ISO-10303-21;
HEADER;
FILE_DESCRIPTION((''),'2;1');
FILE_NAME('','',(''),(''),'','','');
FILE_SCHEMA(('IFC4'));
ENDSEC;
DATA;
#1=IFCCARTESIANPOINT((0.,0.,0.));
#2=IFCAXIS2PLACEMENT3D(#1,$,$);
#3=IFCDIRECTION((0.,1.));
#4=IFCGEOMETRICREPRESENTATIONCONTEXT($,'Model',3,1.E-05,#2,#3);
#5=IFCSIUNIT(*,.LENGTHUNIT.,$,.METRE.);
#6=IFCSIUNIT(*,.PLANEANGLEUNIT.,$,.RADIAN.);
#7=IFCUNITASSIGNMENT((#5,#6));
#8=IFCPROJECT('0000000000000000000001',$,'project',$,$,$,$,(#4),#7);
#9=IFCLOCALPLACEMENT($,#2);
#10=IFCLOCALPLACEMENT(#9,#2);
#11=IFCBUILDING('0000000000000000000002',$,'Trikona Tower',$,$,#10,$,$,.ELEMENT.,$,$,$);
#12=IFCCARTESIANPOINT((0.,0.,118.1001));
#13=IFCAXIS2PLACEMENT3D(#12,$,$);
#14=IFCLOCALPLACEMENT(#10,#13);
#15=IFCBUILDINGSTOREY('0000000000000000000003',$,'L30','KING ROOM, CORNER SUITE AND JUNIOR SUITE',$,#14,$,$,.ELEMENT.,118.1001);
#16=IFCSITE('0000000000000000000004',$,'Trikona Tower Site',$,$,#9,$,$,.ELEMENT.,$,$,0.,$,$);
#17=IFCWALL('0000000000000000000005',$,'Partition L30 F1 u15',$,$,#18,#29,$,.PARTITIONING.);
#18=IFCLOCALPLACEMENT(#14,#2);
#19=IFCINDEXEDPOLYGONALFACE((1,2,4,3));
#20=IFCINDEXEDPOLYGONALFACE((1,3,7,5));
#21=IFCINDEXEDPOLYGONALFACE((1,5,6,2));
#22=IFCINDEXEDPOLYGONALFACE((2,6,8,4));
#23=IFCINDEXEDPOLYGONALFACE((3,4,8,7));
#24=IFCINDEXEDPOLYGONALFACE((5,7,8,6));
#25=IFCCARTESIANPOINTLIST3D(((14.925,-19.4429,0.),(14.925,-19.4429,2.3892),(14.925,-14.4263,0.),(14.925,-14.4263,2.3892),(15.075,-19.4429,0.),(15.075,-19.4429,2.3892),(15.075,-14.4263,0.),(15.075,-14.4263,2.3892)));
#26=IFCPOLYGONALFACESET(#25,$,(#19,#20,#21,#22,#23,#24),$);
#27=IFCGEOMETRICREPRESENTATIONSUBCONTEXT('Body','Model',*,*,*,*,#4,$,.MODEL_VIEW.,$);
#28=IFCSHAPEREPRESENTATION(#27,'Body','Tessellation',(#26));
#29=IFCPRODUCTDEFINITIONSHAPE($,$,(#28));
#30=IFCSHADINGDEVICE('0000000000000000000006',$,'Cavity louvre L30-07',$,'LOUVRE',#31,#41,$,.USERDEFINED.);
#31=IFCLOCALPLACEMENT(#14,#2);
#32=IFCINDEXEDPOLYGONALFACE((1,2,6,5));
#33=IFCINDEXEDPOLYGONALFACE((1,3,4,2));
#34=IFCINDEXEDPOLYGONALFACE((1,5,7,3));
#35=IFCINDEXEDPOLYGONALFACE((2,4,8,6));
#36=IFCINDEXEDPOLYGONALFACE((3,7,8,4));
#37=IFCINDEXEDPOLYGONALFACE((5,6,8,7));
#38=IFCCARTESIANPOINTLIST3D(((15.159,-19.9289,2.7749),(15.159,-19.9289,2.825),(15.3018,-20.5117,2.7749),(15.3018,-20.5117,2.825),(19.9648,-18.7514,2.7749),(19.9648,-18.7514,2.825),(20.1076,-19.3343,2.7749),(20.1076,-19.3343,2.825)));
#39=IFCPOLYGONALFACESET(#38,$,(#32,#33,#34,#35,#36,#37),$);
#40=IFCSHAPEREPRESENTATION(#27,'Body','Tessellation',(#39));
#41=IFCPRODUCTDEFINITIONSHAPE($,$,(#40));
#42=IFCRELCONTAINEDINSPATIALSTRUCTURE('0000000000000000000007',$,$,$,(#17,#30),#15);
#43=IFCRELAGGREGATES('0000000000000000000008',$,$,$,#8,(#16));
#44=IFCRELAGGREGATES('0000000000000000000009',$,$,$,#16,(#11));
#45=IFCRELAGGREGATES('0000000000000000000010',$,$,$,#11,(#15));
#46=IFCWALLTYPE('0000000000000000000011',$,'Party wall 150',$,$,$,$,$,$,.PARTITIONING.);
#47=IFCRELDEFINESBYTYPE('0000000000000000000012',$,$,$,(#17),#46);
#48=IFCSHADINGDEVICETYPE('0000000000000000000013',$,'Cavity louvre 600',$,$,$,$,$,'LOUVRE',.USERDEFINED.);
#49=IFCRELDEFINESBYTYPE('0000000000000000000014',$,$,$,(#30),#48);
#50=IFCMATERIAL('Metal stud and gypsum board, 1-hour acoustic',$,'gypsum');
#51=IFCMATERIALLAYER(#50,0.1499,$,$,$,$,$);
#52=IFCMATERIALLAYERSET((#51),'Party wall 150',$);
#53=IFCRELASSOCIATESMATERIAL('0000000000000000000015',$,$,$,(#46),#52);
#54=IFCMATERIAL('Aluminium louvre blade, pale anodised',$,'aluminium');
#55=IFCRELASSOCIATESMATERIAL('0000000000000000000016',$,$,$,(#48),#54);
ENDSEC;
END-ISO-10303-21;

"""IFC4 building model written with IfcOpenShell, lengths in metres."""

from ifc_helpers import new_model, si_unit, direction, frame, frame_2d, origin, origin_2d, place, context, subcontext, project, spatial, rectangle, extrude, material, layer, layer_set, type_object, element, save


model = new_model("IFC4")

# Units and contexts
model_context = context("Model", 3, precision=1e-05, world=origin(), true_north=direction((0.0, 1.0)))
body_context = subcontext(model_context, "Body", "Model", "MODEL_VIEW")
ifc_project = project(units=[si_unit("LENGTHUNIT", "METRE"), si_unit("PLANEANGLEUNIT", "RADIAN")], contexts=[model_context])

# Site, building, storey
site_placement = place(None, origin())
site = spatial("IfcSite", under=ifc_project, at=site_placement, Name="Trikona Tower Site", CompositionType="ELEMENT", RefElevation=0.0)
building_placement = place(site_placement, origin())
building = spatial("IfcBuilding", under=site, at=building_placement, Name="Trikona Tower", CompositionType="ELEMENT")
storey_placement = place(building_placement, frame((0.0, 0.0, 118.1001)))
storey = spatial("IfcBuildingStorey", under=building, at=storey_placement, Name="L30", Description="KING ROOM, CORNER SUITE AND JUNIOR SUITE", CompositionType="ELEMENT", Elevation=118.1001)

# Wall
ifc_material_1 = material(Name="Metal stud and gypsum board, 1-hour acoustic", Category="gypsum")
ifc_layer_1 = layer(ifc_material_1, 0.1499)
ifc_layer_set_1 = layer_set([ifc_layer_1], Name="Party wall 150")
wall_type_1 = type_object("IfcWallType", Name="Party wall 150", PredefinedType="PARTITIONING", material=ifc_layer_set_1)
wall_1_placement = place(storey_placement, frame((15.0, -14.4263, 0.0), z_axis=(0.0, 0.0, 1.0), x_axis=(0.0, -1.0, 0.0)))
element("IfcWall", 1, at=wall_1_placement, inside=storey, type_object=wall_type_1, Name="Partition L30 F1 u15", PredefinedType="PARTITIONING", context=body_context, shape_type="SweptSolid", body=[
    extrude(rectangle(XDim=5.0166, YDim=0.1499, at=frame_2d((2.5083, 0.0))), origin(), (0.0, 0.0, 1.0), 2.3892),
])

# Shading device
ifc_material_2 = material(Name="Aluminium louvre blade, pale anodised", Category="aluminium")
shading_device_type = type_object("IfcShadingDeviceType", Name="Cavity louvre 600", ElementType="LOUVRE", PredefinedType="USERDEFINED", material=ifc_material_2)
shading_device_placement = place(storey_placement, frame((17.6333, -19.6316, 2.7749), z_axis=(0.0, 0.0, 1.0), x_axis=(0.971274, 0.237962, 0.0)))
element("IfcShadingDevice", 2, at=shading_device_placement, inside=storey, type_object=shading_device_type, Name="Cavity louvre L30-07", ObjectType="LOUVRE", PredefinedType="USERDEFINED", context=body_context, shape_type="SweptSolid", body=[
    extrude(rectangle(XDim=4.948, YDim=0.6001, at=origin_2d()), origin(), (0.0, 0.0, 1.0), 0.05),
])

save(model, "model.ifc")
